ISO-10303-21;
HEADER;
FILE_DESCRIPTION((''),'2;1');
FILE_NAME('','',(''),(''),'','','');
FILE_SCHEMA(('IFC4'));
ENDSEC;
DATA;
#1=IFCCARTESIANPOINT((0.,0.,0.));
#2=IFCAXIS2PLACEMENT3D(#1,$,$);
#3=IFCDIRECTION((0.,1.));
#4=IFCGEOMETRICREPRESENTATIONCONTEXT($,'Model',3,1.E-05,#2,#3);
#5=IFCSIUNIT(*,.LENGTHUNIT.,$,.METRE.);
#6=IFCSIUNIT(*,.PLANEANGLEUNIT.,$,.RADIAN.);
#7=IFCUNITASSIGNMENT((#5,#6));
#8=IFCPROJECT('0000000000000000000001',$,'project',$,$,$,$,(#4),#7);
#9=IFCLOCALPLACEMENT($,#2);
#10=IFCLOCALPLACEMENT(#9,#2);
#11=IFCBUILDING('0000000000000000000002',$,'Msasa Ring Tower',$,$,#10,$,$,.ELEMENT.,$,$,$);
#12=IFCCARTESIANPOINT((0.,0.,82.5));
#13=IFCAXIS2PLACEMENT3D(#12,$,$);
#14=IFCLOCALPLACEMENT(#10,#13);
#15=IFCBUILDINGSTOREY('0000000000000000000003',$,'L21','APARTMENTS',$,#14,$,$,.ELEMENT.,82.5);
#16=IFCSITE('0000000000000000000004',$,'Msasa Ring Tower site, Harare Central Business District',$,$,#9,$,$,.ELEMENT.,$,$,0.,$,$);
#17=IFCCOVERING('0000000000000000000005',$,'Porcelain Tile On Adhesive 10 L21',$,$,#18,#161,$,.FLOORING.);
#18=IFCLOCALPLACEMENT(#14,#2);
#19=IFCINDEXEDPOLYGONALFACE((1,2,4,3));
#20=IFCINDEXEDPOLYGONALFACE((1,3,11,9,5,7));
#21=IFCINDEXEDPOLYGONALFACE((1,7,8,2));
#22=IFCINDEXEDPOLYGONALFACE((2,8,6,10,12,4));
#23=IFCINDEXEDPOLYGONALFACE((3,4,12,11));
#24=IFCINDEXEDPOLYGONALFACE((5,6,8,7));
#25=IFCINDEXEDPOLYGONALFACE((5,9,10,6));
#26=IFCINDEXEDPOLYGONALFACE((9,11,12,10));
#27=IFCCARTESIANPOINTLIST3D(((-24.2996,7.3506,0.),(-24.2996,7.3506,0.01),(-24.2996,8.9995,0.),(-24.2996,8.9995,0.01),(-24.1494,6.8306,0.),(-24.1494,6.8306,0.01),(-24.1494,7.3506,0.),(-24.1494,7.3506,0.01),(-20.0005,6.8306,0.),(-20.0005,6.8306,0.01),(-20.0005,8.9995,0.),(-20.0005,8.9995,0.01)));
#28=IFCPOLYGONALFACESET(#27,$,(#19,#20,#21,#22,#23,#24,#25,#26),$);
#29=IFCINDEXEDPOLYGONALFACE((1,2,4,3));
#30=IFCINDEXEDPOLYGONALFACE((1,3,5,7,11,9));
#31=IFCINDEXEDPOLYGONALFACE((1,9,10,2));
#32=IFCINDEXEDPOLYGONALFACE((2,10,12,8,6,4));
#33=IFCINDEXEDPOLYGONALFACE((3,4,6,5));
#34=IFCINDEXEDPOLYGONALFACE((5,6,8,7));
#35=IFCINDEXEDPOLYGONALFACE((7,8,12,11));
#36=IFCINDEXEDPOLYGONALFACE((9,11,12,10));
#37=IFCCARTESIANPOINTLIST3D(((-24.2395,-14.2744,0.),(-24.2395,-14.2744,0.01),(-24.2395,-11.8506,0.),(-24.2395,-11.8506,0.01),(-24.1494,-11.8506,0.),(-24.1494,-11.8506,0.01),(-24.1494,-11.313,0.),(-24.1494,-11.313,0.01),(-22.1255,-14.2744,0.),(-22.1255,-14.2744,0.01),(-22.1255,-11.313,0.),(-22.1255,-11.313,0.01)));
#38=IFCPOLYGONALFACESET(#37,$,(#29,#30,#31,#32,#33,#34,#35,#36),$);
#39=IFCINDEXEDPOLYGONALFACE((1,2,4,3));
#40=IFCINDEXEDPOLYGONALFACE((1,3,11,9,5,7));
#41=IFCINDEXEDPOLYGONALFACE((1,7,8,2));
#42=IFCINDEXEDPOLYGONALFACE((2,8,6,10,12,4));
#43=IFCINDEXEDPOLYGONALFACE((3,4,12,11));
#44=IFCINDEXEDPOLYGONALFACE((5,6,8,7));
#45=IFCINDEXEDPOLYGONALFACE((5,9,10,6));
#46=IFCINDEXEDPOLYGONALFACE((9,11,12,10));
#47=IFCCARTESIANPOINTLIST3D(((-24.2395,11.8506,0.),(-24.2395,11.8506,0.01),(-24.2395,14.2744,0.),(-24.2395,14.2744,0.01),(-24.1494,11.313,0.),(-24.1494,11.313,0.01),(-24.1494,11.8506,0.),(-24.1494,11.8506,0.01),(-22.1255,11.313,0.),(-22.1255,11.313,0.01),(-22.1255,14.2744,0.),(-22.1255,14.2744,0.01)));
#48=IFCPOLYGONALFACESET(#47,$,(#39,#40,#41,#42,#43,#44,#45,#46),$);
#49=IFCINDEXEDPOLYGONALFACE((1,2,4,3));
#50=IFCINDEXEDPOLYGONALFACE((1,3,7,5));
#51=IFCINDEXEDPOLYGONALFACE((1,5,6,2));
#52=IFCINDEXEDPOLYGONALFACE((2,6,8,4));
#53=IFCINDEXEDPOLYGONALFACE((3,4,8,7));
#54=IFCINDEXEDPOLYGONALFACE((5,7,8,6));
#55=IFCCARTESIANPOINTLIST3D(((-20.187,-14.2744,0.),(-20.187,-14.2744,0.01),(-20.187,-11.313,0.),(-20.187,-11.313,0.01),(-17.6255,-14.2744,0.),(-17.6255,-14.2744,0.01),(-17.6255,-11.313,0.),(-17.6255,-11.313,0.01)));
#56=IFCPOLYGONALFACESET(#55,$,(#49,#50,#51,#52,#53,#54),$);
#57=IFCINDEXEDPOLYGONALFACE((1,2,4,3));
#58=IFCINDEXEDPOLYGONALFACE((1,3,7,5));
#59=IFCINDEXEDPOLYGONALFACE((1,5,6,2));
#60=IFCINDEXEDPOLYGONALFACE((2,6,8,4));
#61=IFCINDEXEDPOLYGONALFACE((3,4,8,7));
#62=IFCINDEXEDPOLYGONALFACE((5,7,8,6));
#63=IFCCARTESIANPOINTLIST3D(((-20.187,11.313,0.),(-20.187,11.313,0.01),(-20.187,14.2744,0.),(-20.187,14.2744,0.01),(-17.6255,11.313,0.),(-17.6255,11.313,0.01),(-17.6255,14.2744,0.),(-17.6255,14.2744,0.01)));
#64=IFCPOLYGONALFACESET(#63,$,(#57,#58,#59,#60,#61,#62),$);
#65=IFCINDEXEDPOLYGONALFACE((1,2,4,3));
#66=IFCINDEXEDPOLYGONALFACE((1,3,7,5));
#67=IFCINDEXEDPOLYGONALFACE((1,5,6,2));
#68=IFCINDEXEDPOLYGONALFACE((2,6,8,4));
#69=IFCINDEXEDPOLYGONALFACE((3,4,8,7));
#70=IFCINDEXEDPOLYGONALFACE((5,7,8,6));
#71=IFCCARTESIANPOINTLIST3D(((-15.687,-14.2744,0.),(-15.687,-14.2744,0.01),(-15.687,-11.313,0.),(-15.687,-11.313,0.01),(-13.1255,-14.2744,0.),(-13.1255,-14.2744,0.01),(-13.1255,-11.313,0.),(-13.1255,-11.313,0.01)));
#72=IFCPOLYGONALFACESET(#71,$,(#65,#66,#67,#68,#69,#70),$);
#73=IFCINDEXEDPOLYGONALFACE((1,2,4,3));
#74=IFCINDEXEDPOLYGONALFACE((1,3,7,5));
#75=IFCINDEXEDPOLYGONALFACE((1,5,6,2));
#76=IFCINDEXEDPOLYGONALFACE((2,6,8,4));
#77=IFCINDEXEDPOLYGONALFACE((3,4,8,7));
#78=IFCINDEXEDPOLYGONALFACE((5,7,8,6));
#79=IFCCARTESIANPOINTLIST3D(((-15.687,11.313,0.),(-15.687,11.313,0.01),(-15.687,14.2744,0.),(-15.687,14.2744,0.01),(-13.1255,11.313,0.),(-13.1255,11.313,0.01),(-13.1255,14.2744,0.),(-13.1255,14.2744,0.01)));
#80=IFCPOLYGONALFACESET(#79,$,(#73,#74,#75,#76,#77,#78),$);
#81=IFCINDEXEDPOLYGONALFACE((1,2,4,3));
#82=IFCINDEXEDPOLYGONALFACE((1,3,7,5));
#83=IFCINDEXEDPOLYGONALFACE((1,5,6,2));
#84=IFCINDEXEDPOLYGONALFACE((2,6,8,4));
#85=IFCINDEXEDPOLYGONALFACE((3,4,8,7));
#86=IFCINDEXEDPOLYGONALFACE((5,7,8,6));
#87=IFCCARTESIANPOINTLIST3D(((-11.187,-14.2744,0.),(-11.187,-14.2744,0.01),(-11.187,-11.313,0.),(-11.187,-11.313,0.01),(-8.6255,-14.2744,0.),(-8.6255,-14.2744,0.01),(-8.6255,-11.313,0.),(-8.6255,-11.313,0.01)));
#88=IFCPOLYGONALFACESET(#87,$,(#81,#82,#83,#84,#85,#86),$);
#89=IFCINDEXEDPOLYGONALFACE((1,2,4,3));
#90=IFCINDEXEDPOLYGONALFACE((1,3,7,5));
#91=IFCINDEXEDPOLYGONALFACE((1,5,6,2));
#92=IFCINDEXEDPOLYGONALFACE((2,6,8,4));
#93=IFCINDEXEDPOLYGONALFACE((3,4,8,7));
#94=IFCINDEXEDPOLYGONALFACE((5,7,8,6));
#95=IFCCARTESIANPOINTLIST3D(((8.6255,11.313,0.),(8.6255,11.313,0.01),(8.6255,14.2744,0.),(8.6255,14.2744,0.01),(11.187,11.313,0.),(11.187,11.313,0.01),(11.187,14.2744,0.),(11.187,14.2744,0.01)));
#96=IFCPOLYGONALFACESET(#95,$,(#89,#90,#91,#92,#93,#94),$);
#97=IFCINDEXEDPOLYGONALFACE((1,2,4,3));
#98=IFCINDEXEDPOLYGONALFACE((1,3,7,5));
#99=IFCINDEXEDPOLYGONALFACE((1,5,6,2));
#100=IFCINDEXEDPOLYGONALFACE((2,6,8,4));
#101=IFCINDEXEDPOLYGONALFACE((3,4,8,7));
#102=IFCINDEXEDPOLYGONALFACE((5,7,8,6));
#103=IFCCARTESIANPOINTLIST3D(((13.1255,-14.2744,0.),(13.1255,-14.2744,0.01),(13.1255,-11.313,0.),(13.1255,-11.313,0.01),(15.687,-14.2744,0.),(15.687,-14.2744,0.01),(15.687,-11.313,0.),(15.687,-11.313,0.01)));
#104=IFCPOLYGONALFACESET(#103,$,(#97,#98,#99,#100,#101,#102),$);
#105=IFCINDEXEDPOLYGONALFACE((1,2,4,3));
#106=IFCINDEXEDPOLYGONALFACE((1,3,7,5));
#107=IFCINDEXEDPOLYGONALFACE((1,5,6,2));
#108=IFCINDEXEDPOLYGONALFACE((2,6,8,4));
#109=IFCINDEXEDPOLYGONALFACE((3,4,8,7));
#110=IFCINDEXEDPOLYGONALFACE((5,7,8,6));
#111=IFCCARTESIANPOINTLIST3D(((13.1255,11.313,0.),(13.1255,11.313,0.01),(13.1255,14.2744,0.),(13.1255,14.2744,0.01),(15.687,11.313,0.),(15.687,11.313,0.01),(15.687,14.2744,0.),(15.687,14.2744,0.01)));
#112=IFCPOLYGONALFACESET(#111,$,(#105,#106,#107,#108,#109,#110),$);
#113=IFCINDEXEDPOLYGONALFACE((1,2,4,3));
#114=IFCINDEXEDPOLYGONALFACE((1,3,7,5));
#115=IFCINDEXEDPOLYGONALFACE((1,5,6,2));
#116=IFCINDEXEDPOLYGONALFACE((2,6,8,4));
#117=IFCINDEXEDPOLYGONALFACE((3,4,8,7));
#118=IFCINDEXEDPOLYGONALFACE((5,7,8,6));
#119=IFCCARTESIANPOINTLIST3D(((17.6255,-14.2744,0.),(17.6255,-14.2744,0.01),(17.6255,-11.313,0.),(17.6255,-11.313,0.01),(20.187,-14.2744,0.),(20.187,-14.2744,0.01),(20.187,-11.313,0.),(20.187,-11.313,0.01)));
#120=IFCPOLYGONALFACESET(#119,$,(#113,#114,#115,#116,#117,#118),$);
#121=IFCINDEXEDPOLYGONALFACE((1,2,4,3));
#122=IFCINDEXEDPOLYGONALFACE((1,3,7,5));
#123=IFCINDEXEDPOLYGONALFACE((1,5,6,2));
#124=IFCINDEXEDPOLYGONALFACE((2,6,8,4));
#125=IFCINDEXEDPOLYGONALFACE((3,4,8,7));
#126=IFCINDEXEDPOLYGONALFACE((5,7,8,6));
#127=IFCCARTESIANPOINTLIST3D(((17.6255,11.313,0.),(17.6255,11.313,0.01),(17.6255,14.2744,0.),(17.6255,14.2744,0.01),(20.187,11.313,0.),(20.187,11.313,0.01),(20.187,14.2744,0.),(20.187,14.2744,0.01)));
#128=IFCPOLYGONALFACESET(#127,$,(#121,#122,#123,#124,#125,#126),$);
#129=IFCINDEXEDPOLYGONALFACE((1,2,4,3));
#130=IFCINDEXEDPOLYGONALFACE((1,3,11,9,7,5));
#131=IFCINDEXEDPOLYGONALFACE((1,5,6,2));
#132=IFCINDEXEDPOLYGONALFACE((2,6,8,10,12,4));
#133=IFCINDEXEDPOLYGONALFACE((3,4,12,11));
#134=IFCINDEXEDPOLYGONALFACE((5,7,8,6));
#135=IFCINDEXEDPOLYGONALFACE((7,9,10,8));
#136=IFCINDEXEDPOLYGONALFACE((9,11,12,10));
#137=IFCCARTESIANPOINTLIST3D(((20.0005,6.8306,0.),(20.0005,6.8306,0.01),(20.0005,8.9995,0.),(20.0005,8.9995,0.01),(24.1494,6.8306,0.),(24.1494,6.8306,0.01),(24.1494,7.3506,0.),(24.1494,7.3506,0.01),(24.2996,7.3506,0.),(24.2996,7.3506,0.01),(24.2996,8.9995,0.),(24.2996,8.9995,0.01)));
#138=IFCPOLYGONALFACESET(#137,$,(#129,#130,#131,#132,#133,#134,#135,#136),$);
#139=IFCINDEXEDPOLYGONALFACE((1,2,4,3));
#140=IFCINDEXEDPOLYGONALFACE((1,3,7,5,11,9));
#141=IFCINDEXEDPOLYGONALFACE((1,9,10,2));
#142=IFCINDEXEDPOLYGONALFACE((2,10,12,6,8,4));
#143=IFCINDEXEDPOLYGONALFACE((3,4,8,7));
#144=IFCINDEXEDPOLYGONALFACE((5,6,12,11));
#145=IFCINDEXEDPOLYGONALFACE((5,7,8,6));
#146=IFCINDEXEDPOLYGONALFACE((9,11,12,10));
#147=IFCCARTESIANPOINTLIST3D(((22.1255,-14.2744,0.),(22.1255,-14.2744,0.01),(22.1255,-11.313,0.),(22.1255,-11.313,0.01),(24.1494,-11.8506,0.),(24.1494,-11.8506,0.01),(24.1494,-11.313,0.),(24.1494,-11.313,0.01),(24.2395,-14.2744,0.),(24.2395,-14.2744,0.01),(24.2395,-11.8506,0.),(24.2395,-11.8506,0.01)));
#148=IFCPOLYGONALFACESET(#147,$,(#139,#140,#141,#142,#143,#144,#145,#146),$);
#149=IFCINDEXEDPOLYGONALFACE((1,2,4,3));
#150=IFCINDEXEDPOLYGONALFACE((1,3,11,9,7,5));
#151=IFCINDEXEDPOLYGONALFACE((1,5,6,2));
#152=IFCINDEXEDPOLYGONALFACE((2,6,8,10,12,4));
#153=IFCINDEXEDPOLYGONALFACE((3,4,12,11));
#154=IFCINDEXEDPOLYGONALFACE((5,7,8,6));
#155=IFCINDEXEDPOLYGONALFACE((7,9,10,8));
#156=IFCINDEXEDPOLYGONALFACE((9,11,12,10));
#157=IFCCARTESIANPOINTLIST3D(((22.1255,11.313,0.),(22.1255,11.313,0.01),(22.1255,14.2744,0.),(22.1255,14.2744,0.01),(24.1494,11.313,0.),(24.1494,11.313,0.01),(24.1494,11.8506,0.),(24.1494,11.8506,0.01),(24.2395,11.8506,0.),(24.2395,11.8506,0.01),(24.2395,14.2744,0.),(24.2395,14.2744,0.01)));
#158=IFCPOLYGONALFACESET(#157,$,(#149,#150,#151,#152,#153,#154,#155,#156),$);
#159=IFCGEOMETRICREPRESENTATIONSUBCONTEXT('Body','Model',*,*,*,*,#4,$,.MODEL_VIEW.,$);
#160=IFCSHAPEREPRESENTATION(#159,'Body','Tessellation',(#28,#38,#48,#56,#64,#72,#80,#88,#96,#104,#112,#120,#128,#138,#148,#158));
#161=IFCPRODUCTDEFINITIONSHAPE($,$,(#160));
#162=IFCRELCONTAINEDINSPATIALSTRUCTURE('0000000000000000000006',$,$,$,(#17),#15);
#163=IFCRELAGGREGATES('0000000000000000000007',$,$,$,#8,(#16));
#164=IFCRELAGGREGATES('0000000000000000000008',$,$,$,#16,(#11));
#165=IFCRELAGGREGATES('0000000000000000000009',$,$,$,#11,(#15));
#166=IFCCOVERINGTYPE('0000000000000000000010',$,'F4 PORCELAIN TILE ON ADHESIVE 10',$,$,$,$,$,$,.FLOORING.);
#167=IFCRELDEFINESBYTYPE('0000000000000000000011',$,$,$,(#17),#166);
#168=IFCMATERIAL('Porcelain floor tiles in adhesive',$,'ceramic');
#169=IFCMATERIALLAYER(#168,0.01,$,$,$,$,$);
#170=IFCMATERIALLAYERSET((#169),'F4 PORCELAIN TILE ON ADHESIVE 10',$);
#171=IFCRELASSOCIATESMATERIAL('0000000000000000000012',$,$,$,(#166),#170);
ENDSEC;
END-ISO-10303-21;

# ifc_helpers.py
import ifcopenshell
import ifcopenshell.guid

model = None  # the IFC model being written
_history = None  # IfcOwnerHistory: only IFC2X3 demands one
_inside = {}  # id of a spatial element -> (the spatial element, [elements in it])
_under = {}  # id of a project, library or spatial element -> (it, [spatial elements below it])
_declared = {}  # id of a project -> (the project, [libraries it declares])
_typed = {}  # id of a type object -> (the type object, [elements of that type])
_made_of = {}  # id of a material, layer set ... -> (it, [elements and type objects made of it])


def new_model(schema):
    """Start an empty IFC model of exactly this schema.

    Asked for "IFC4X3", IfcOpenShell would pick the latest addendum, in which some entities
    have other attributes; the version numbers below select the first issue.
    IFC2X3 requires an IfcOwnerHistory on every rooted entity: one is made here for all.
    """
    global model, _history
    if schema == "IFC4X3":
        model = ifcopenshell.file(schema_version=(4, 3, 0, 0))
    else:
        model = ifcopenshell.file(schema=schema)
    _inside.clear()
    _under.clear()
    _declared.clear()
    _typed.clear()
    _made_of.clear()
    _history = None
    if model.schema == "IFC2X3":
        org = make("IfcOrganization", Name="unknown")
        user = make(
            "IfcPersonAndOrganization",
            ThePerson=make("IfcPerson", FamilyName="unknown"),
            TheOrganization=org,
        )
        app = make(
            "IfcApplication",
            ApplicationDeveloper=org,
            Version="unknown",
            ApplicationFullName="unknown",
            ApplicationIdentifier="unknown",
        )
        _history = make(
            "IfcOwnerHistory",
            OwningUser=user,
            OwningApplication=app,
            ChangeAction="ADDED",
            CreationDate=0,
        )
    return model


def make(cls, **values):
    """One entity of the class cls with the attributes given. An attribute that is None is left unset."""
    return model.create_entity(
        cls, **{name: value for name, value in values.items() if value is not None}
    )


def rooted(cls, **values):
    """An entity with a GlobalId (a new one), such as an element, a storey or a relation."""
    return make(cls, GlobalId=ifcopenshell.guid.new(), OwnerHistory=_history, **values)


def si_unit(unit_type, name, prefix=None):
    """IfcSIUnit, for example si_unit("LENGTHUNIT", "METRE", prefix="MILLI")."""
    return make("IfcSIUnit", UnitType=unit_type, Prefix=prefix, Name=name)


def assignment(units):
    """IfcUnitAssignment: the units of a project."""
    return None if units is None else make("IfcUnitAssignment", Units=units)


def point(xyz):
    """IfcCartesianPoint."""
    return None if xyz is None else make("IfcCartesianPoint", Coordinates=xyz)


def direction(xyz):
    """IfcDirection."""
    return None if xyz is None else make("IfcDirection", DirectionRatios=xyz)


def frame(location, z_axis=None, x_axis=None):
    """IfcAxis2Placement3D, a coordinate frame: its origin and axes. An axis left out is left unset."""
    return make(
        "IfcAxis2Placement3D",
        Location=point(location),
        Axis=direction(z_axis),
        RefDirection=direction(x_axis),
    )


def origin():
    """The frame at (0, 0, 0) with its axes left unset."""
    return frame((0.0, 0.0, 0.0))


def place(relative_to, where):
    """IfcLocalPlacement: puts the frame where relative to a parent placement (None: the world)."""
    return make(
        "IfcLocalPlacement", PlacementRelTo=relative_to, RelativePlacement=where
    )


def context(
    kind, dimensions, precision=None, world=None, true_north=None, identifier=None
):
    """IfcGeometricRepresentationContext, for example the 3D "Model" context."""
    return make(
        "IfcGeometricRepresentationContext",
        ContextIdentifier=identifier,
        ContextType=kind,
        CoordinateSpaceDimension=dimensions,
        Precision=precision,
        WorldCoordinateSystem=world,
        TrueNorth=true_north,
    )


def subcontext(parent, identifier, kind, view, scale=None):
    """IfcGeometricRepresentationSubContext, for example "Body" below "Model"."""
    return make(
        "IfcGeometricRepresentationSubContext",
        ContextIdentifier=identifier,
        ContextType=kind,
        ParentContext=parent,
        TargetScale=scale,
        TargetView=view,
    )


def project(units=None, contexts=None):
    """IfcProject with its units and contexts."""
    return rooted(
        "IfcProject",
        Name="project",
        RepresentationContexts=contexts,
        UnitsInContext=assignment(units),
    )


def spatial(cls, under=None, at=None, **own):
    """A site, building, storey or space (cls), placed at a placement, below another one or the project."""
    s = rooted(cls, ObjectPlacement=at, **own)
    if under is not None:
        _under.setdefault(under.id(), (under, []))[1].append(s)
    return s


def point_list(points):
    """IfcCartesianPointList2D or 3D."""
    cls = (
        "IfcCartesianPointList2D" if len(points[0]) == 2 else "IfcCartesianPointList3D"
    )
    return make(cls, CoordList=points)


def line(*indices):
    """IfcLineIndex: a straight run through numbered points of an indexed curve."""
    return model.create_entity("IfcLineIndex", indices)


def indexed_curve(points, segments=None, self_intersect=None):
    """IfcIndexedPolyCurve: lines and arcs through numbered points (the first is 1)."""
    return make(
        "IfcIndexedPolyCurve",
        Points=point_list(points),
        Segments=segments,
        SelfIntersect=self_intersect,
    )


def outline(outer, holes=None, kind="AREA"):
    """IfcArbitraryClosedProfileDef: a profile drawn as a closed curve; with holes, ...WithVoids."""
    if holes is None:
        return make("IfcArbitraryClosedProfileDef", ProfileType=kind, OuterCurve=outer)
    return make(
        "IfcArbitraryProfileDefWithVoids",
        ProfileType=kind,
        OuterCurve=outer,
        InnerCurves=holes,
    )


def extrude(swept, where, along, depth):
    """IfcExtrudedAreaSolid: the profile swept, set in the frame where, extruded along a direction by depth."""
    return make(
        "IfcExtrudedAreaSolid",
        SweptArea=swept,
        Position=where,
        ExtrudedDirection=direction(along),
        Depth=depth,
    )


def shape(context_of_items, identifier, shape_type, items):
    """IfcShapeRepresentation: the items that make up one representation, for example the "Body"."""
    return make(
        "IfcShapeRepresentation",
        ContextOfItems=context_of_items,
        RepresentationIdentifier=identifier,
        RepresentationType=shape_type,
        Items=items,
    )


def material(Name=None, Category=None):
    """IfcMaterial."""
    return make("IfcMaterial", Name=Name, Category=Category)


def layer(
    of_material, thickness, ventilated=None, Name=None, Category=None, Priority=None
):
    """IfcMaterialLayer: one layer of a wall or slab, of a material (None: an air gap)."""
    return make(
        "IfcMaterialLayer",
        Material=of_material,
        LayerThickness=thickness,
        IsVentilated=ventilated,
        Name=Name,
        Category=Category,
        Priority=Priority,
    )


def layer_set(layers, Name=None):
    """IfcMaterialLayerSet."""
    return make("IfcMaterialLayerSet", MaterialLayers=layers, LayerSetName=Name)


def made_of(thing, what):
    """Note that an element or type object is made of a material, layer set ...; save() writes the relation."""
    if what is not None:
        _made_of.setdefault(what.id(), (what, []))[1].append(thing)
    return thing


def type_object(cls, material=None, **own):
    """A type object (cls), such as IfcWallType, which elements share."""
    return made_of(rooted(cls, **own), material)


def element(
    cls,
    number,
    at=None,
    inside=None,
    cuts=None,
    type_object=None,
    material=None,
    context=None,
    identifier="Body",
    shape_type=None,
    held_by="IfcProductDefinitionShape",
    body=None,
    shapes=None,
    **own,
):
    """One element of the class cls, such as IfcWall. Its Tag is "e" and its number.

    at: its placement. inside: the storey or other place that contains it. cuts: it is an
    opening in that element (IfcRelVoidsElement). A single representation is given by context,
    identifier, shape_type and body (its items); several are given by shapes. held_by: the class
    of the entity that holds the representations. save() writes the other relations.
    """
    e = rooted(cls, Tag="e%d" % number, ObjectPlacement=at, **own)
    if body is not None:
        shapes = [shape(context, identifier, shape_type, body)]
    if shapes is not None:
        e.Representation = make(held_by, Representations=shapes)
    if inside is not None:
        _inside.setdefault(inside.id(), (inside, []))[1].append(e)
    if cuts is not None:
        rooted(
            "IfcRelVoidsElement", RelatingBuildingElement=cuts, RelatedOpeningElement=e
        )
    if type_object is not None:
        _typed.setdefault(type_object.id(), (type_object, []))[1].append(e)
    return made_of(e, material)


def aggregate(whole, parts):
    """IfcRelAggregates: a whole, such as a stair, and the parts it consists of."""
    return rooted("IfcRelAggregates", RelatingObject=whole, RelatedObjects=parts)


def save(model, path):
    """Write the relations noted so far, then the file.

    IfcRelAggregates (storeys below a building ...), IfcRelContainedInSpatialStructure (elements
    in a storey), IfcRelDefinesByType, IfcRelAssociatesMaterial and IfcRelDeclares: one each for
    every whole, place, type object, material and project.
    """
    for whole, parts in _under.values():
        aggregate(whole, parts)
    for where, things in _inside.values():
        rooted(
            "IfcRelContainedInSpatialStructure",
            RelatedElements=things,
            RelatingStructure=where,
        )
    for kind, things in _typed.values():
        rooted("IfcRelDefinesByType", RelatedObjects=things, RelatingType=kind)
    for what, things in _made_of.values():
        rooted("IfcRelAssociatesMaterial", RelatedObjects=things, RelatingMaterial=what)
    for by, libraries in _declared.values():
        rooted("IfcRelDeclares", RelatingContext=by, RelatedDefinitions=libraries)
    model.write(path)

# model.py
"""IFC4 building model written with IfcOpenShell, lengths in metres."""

from ifc_helpers import new_model, si_unit, direction, frame, origin, place, context, subcontext, project, spatial, line, indexed_curve, outline, extrude, material, layer, layer_set, type_object, element, save


model = new_model("IFC4")

# Units and contexts
model_context = context("Model", 3, precision=1e-05, world=origin(), true_north=direction((0.0, 1.0)))
body_context = subcontext(model_context, "Body", "Model", "MODEL_VIEW")
ifc_project = project(units=[si_unit("LENGTHUNIT", "METRE"), si_unit("PLANEANGLEUNIT", "RADIAN")], contexts=[model_context])

# Site, building, storey
site_placement = place(None, origin())
site = spatial("IfcSite", under=ifc_project, at=site_placement, Name="Msasa Ring Tower site, Harare Central Business District", CompositionType="ELEMENT", RefElevation=0.0)
building_placement = place(site_placement, origin())
building = spatial("IfcBuilding", under=site, at=building_placement, Name="Msasa Ring Tower", CompositionType="ELEMENT")
storey_placement = place(building_placement, frame((0.0, 0.0, 82.5)))
storey = spatial("IfcBuildingStorey", under=building, at=storey_placement, Name="L21", Description="APARTMENTS", CompositionType="ELEMENT", Elevation=82.5)

# Covering
ifc_material_1 = material(Name="Porcelain floor tiles in adhesive", Category="ceramic")
ifc_layer_1 = layer(ifc_material_1, 0.01)
ifc_layer_set_1 = layer_set([ifc_layer_1], Name="F4 PORCELAIN TILE ON ADHESIVE 10")
covering_type_1 = type_object("IfcCoveringType", Name="F4 PORCELAIN TILE ON ADHESIVE 10", PredefinedType="FLOORING", material=ifc_layer_set_1)
covering_1_placement = place(storey_placement, origin())
element("IfcCovering", 1, at=covering_1_placement, inside=storey, type_object=covering_type_1, Name="Porcelain Tile On Adhesive 10 L21", PredefinedType="FLOORING", context=body_context, shape_type="SweptSolid", body=[
    extrude(outline(indexed_curve([(-24.1494, 6.8306), (-24.1494, 7.3506), (-24.2996, 7.3506), (-24.2996, 8.9995), (-20.0005, 8.9995), (-20.0005, 6.8306)], segments=[line(1, 2, 3, 4, 5, 6, 1)], self_intersect=False)), origin(), (0.0, 0.0, 1.0), 0.01),
    extrude(outline(indexed_curve([(-22.1255, -11.313), (-22.1255, -14.2744), (-24.2395, -14.2744), (-24.2395, -11.8506), (-24.1494, -11.8506), (-24.1494, -11.313)], segments=[line(1, 2, 3, 4, 5, 6, 1)], self_intersect=False)), origin(), (0.0, 0.0, 1.0), 0.01),
    extrude(outline(indexed_curve([(-24.1494, 11.313), (-24.1494, 11.8506), (-24.2395, 11.8506), (-24.2395, 14.2744), (-22.1255, 14.2744), (-22.1255, 11.313)], segments=[line(1, 2, 3, 4, 5, 6, 1)], self_intersect=False)), origin(), (0.0, 0.0, 1.0), 0.01),
    extrude(outline(indexed_curve([(-17.6255, -11.313), (-17.6255, -14.2744), (-20.187, -14.2744), (-20.187, -11.313)], segments=[line(1, 2, 3, 4, 1)], self_intersect=False)), origin(), (0.0, 0.0, 1.0), 0.01),
    extrude(outline(indexed_curve([(-20.187, 11.313), (-20.187, 14.2744), (-17.6255, 14.2744), (-17.6255, 11.313)], segments=[line(1, 2, 3, 4, 1)], self_intersect=False)), origin(), (0.0, 0.0, 1.0), 0.01),
    extrude(outline(indexed_curve([(-13.1255, -11.313), (-13.1255, -14.2744), (-15.687, -14.2744), (-15.687, -11.313)], segments=[line(1, 2, 3, 4, 1)], self_intersect=False)), origin(), (0.0, 0.0, 1.0), 0.01),
    extrude(outline(indexed_curve([(-15.687, 11.313), (-15.687, 14.2744), (-13.1255, 14.2744), (-13.1255, 11.313)], segments=[line(1, 2, 3, 4, 1)], self_intersect=False)), origin(), (0.0, 0.0, 1.0), 0.01),
    extrude(outline(indexed_curve([(-8.6255, -11.313), (-8.6255, -14.2744), (-11.187, -14.2744), (-11.187, -11.313)], segments=[line(1, 2, 3, 4, 1)], self_intersect=False)), origin(), (0.0, 0.0, 1.0), 0.01),
    extrude(outline(indexed_curve([(8.6255, 11.313), (8.6255, 14.2744), (11.187, 14.2744), (11.187, 11.313)], segments=[line(1, 2, 3, 4, 1)], self_intersect=False)), origin(), (0.0, 0.0, 1.0), 0.01),
    extrude(outline(indexed_curve([(15.687, -11.313), (15.687, -14.2744), (13.1255, -14.2744), (13.1255, -11.313)], segments=[line(1, 2, 3, 4, 1)], self_intersect=False)), origin(), (0.0, 0.0, 1.0), 0.01),
    extrude(outline(indexed_curve([(13.1255, 11.313), (13.1255, 14.2744), (15.687, 14.2744), (15.687, 11.313)], segments=[line(1, 2, 3, 4, 1)], self_intersect=False)), origin(), (0.0, 0.0, 1.0), 0.01),
    extrude(outline(indexed_curve([(20.187, -11.313), (20.187, -14.2744), (17.6255, -14.2744), (17.6255, -11.313)], segments=[line(1, 2, 3, 4, 1)], self_intersect=False)), origin(), (0.0, 0.0, 1.0), 0.01),
    extrude(outline(indexed_curve([(17.6255, 11.313), (17.6255, 14.2744), (20.187, 14.2744), (20.187, 11.313)], segments=[line(1, 2, 3, 4, 1)], self_intersect=False)), origin(), (0.0, 0.0, 1.0), 0.01),
    extrude(outline(indexed_curve([(20.0005, 8.9995), (24.2996, 8.9995), (24.2996, 7.3506), (24.1494, 7.3506), (24.1494, 6.8306), (20.0005, 6.8306)], segments=[line(1, 2, 3, 4, 5, 6, 1)], self_intersect=False)), origin(), (0.0, 0.0, 1.0), 0.01),
    extrude(outline(indexed_curve([(24.1494, -11.313), (24.1494, -11.8506), (24.2395, -11.8506), (24.2395, -14.2744), (22.1255, -14.2744), (22.1255, -11.313)], segments=[line(1, 2, 3, 4, 5, 6, 1)], self_intersect=False)), origin(), (0.0, 0.0, 1.0), 0.01),
    extrude(outline(indexed_curve([(24.2395, 11.8506), (24.1494, 11.8506), (24.1494, 11.313), (22.1255, 11.313), (22.1255, 14.2744), (24.2395, 14.2744)], segments=[line(1, 2, 3, 4, 5, 6, 1)], self_intersect=False)), origin(), (0.0, 0.0, 1.0), 0.01),
])

save(model, "model.ifc")
